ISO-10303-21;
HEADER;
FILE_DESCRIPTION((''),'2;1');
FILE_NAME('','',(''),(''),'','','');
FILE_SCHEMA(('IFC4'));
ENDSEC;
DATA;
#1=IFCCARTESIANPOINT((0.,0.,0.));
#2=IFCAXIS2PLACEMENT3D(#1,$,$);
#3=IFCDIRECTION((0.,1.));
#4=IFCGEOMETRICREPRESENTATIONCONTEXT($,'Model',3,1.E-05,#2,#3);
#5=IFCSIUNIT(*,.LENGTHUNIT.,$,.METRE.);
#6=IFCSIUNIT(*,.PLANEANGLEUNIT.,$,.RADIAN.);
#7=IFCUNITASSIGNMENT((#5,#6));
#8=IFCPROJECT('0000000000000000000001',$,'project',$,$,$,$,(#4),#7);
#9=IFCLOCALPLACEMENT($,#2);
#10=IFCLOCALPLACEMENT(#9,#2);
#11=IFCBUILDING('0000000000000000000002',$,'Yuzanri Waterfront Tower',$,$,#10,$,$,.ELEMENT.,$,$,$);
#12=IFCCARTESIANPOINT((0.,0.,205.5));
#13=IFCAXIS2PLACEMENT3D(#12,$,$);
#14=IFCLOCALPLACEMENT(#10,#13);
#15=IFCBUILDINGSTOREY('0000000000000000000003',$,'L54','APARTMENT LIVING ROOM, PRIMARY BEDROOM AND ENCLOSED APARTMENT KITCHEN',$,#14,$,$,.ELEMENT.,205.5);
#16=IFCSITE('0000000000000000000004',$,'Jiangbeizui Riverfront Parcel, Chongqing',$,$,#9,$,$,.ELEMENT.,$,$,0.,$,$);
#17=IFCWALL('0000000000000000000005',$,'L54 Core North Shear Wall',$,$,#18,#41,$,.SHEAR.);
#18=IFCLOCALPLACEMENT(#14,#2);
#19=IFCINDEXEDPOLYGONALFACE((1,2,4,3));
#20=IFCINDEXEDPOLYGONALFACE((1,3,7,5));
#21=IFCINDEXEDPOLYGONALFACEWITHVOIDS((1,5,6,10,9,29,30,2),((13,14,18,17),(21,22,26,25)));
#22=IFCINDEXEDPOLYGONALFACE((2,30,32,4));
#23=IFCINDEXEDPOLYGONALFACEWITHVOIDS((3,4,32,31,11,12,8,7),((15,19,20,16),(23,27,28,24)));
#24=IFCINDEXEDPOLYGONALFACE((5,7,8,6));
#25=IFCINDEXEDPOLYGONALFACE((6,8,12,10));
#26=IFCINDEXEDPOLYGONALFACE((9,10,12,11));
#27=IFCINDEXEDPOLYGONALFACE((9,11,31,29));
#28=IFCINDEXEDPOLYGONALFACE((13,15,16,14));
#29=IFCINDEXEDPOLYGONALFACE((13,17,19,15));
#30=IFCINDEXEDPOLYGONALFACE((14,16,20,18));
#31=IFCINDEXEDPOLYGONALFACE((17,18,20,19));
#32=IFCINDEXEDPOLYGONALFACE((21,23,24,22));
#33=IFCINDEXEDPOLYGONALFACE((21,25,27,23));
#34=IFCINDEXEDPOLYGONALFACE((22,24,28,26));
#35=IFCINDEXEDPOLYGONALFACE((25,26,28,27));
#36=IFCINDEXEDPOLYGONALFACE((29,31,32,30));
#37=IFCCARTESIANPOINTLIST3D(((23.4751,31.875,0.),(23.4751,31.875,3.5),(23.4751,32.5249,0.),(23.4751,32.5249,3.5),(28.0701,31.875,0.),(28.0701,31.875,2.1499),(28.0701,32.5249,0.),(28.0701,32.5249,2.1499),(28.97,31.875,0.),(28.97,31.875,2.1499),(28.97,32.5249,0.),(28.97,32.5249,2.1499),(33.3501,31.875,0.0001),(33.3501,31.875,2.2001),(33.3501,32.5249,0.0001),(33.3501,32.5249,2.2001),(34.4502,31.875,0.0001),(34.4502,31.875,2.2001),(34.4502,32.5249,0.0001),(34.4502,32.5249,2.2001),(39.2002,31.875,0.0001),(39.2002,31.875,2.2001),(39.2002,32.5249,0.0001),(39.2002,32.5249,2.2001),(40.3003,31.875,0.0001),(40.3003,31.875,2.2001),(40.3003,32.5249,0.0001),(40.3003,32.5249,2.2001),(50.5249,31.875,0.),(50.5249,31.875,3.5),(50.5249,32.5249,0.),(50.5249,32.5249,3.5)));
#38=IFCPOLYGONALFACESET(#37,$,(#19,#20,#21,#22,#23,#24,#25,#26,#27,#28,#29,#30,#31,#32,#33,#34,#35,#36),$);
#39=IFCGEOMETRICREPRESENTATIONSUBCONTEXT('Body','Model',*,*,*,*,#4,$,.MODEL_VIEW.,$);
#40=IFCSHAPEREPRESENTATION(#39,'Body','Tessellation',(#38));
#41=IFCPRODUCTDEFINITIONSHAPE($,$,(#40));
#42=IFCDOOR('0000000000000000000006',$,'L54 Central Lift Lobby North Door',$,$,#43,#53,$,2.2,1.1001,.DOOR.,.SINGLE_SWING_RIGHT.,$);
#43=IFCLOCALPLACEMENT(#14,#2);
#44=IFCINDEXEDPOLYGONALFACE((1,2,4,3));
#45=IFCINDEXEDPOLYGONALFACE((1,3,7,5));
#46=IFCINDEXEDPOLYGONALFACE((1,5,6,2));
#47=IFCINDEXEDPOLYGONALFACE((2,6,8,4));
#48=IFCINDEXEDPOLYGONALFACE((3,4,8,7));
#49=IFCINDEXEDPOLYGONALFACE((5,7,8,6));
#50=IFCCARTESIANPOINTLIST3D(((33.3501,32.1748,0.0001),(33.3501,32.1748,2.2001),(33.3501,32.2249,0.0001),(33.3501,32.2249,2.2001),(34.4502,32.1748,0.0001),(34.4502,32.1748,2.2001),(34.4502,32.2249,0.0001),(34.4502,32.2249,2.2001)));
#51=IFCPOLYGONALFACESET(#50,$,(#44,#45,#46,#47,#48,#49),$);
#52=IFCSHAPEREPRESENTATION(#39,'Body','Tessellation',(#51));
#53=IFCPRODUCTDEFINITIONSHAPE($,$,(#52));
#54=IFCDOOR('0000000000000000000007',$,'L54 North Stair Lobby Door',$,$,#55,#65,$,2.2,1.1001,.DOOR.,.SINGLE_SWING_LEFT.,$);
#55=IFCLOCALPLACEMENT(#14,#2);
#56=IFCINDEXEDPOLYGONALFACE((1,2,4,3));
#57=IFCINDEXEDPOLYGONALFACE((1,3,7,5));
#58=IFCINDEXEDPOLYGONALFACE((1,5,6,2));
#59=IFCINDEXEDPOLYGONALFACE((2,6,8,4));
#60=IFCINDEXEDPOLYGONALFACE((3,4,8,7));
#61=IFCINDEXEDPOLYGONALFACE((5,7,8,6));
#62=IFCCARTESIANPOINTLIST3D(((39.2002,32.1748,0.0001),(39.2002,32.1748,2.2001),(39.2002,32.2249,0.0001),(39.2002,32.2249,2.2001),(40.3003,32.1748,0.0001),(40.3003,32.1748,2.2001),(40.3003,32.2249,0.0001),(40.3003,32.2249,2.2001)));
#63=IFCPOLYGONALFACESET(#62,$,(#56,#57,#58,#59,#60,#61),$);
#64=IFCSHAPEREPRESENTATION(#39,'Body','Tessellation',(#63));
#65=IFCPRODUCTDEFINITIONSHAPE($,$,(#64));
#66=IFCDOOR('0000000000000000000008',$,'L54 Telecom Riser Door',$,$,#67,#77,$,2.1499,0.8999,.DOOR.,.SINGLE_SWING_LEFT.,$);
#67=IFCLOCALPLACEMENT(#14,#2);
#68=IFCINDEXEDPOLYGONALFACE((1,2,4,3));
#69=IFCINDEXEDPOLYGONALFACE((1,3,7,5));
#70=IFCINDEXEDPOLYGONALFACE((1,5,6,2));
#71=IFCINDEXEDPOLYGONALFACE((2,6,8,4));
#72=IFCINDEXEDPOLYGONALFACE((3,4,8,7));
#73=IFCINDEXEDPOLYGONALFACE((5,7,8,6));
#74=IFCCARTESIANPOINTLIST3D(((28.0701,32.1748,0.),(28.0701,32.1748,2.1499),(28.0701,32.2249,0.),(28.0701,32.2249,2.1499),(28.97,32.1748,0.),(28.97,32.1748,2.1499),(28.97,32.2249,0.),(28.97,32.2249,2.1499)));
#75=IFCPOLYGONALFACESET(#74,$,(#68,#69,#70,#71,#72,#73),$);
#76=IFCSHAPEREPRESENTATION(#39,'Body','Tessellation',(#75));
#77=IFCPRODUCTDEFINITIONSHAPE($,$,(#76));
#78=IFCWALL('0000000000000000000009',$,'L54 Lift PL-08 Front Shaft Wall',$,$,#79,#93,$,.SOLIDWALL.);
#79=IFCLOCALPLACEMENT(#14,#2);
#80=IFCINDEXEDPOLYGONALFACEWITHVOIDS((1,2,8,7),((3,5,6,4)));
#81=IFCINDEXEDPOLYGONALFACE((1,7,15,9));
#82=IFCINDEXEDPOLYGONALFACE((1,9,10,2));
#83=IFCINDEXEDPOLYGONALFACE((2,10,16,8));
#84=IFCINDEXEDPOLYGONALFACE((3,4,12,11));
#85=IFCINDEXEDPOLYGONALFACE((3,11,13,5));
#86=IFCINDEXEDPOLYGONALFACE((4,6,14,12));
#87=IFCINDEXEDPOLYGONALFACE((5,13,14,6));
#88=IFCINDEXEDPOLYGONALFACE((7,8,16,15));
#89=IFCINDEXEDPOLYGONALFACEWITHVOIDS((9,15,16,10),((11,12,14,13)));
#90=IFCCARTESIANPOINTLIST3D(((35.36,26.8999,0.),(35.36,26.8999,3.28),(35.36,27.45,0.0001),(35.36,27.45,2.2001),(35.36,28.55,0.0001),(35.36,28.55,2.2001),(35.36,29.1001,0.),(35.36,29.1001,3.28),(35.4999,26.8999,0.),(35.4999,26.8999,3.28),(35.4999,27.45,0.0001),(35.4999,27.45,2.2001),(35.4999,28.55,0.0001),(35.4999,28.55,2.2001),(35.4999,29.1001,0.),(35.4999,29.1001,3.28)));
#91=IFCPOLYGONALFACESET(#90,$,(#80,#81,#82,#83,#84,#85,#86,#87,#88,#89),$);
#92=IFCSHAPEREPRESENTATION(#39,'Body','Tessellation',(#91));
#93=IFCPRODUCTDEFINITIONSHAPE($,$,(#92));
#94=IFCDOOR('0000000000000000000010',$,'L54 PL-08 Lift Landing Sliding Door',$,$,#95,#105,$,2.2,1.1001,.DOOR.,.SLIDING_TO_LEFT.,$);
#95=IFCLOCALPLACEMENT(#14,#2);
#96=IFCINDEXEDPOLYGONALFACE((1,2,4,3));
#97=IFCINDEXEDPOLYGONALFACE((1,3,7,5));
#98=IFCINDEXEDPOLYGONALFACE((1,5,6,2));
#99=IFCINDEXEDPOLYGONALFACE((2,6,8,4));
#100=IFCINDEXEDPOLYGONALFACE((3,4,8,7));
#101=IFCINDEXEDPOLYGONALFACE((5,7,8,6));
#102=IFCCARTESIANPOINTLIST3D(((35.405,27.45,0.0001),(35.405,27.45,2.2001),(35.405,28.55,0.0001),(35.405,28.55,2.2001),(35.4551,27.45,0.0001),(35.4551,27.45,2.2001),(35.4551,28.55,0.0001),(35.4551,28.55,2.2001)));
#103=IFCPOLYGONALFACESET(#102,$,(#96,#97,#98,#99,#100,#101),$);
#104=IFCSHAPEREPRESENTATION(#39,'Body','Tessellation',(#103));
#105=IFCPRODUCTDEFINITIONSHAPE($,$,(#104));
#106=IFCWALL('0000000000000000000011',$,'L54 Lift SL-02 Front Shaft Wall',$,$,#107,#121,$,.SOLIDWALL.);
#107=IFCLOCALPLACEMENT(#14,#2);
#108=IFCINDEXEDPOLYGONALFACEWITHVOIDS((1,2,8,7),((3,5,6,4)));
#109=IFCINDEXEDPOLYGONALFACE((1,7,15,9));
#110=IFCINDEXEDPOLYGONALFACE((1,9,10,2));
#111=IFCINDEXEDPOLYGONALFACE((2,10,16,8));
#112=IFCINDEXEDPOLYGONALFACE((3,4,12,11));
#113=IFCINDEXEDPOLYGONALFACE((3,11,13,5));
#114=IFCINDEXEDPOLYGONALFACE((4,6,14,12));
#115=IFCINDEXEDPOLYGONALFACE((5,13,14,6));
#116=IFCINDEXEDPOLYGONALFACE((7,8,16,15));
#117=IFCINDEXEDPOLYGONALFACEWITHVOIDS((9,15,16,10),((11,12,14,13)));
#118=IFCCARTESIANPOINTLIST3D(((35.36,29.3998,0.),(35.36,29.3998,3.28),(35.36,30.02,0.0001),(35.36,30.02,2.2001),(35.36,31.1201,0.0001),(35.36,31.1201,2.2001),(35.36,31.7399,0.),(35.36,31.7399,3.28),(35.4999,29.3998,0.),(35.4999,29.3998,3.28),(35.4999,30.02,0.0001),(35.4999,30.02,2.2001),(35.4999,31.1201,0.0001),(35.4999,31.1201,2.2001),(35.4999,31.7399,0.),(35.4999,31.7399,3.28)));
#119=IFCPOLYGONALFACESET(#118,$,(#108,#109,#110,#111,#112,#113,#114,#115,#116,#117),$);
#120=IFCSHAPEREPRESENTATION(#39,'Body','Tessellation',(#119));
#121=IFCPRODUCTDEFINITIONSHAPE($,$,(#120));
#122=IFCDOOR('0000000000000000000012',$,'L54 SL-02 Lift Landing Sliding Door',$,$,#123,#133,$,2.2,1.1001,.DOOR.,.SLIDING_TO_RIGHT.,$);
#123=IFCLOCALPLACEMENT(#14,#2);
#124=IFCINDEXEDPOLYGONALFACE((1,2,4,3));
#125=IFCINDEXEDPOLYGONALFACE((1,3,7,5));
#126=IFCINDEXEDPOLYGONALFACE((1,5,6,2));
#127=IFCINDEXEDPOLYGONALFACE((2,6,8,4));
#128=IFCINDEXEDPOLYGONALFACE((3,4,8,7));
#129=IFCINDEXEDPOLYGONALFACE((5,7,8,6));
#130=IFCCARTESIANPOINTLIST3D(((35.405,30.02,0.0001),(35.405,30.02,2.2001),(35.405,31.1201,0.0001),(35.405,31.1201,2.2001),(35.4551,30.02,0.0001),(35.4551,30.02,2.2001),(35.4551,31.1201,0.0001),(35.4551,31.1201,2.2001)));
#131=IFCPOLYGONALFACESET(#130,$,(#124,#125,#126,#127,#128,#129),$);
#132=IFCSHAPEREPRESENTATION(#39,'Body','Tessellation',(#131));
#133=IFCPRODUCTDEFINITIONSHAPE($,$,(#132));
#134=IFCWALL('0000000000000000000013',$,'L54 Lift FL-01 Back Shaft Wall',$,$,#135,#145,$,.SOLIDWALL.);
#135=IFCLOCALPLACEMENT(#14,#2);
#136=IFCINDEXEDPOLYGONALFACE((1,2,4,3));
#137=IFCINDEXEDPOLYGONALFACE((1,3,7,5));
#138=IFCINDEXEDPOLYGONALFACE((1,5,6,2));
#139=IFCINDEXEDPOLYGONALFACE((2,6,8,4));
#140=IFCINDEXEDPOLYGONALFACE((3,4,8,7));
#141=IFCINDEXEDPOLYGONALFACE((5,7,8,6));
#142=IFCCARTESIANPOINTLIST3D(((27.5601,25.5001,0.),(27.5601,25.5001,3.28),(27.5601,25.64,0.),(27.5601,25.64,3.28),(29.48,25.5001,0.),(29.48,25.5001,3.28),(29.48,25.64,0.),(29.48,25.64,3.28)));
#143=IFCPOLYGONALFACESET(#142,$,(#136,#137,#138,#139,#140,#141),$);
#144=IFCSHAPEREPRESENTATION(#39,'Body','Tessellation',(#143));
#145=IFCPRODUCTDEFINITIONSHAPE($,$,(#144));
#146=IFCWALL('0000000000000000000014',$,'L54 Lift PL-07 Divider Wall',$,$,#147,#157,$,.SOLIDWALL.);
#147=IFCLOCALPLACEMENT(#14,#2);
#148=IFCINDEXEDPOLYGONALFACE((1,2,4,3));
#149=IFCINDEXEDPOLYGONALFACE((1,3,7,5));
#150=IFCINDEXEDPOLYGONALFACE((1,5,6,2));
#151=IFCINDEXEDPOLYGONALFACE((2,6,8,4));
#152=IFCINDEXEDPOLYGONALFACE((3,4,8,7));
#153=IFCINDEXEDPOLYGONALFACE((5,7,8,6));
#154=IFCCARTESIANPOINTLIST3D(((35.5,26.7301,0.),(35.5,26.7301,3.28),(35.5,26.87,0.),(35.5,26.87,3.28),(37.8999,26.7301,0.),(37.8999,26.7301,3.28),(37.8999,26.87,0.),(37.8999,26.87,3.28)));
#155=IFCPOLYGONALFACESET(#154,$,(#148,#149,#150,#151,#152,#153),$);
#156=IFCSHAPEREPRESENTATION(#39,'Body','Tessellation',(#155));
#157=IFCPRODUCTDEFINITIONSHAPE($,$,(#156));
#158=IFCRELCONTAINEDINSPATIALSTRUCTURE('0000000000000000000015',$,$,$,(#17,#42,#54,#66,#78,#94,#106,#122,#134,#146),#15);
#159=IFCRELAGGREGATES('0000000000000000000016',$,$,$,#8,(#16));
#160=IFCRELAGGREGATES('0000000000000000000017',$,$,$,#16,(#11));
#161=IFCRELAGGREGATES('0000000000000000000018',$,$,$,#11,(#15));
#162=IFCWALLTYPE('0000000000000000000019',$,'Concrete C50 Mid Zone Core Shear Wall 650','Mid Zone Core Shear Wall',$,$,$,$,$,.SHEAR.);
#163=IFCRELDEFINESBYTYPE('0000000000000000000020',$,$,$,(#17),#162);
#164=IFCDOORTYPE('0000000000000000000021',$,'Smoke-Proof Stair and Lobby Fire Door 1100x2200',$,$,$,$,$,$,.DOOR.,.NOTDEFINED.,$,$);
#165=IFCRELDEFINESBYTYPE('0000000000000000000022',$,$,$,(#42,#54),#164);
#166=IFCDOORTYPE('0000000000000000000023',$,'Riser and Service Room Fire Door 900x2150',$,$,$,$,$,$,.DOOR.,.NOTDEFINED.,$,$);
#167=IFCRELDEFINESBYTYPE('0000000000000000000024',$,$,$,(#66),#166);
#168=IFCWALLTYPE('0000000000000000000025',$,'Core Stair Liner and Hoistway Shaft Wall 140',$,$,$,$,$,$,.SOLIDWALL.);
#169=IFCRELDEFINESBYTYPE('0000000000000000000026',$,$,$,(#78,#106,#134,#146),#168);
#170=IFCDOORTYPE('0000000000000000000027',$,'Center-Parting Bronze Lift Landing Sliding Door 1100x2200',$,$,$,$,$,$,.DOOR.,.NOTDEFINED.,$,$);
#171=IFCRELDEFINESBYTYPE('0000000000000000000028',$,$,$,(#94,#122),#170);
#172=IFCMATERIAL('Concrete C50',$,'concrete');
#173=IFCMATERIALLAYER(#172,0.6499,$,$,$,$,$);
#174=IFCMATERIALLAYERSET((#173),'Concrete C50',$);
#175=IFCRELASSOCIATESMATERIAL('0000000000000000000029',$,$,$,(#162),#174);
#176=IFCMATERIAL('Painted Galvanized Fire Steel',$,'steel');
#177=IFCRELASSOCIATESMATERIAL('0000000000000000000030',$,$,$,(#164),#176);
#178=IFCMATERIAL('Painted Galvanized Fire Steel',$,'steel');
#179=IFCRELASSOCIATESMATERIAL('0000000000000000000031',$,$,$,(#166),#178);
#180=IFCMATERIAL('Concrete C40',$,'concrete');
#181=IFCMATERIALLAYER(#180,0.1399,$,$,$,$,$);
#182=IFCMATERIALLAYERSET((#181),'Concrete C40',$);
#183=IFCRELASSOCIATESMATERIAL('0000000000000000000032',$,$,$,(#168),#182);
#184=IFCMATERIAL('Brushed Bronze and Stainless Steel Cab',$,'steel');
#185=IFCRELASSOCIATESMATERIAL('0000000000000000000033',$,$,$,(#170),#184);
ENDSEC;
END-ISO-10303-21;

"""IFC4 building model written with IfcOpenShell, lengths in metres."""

from ifc_helpers import new_model, si_unit, direction, frame, frame_2d, origin, place, context, subcontext, project, spatial, rectangle, extrude, source, transform, mapped, material, layer, layer_set, type_object, element, fill, save


model = new_model("IFC4")

# Units and contexts
model_context = context("Model", 3, precision=1e-05, world=origin(), true_north=direction((0.0, 1.0)))
body_context = subcontext(model_context, "Body", "Model", "MODEL_VIEW")
ifc_project = project(units=[si_unit("LENGTHUNIT", "METRE"), si_unit("PLANEANGLEUNIT", "RADIAN")], contexts=[model_context])

# Site, building, storey
site_placement = place(None, origin())
site = spatial("IfcSite", under=ifc_project, at=site_placement, Name="Jiangbeizui Riverfront Parcel, Chongqing", CompositionType="ELEMENT", RefElevation=0.0)
building_placement = place(site_placement, origin())
building = spatial("IfcBuilding", under=site, at=building_placement, Name="Yuzanri Waterfront Tower", CompositionType="ELEMENT")
storey_placement = place(building_placement, frame((0.0, 0.0, 205.5)))
storey = spatial("IfcBuildingStorey", under=building, at=storey_placement, Name="L54", Description="APARTMENT LIVING ROOM, PRIMARY BEDROOM AND ENCLOSED APARTMENT KITCHEN", CompositionType="ELEMENT", Elevation=205.5)

# Wall, openings, doors
ifc_material_1 = material(Name="Concrete C50", Category="concrete")
ifc_layer_1 = layer(ifc_material_1, 0.6499)
ifc_layer_set_1 = layer_set([ifc_layer_1], Name="Concrete C50")
wall_type_1 = type_object("IfcWallType", Name="Concrete C50 Mid Zone Core Shear Wall 650", Description="Mid Zone Core Shear Wall", PredefinedType="SHEAR", material=ifc_layer_set_1)
wall_1_placement = place(storey_placement, frame((23.4751, 32.2, 0.0), z_axis=(0.0, 0.0, 1.0), x_axis=(1.0, 0.0, 0.0)))
wall_1 = element("IfcWall", 1, at=wall_1_placement, inside=storey, type_object=wall_type_1, Name="L54 Core North Shear Wall", PredefinedType="SHEAR", context=body_context, shape_type="SweptSolid", body=[
    extrude(rectangle(XDim=27.0498, YDim=0.6499, at=frame_2d((13.5249, 0.0))), origin(), (0.0, 0.0, 1.0), 3.5),
])
opening_1_placement = place(wall_1_placement, frame((4.595, 0.0, 0.0)))
opening_1 = element("IfcOpeningElement", 2, at=opening_1_placement, cuts=wall_1, PredefinedType="OPENING", context=body_context, shape_type="SweptSolid", body=[
    extrude(rectangle(XDim=0.8999, YDim=2.1499, at=frame_2d((0.45, 1.075))), frame((0.0, 0.3398, 0.0), z_axis=(0.0, -1.0, 0.0), x_axis=(1.0, 0.0, 0.0)), (0.0, 0.0, 1.0), 0.6797),
])
opening_2_placement = place(wall_1_placement, frame((9.875, 0.0, 0.0)))
opening_2 = element("IfcOpeningElement", 3, at=opening_2_placement, cuts=wall_1, PredefinedType="OPENING", context=body_context, shape_type="SweptSolid", body=[
    extrude(rectangle(XDim=1.1001, YDim=2.2, at=frame_2d((0.55, 1.1001))), frame((0.0, 0.3398, 0.0), z_axis=(0.0, -1.0, 0.0), x_axis=(1.0, 0.0, 0.0)), (0.0, 0.0, 1.0), 0.6797),
])
opening_3_placement = place(wall_1_placement, frame((15.7251, 0.0, 0.0)))
opening_3 = element("IfcOpeningElement", 4, at=opening_3_placement, cuts=wall_1, PredefinedType="OPENING", context=body_context, shape_type="SweptSolid", body=[
    extrude(rectangle(XDim=1.1001, YDim=2.2, at=frame_2d((0.55, 1.1001))), frame((0.0, 0.3398, 0.0), z_axis=(0.0, -1.0, 0.0), x_axis=(1.0, 0.0, 0.0)), (0.0, 0.0, 1.0), 0.6797),
])
ifc_material_2 = material(Name="Painted Galvanized Fire Steel", Category="steel")
door_type_1 = type_object("IfcDoorType", Name="Smoke-Proof Stair and Lobby Fire Door 1100x2200", OperationType="NOTDEFINED", PredefinedType="DOOR", material=ifc_material_2)
shared_shape_1 = source(origin(), body_context, "Body", "SweptSolid", [
    extrude(rectangle(XDim=1.1001, YDim=2.2, at=frame_2d((0.55, 1.1001))), frame((0.0, 0.0249, 0.0), z_axis=(0.0, -1.0, 0.0), x_axis=(1.0, 0.0, 0.0)), (0.0, 0.0, 1.0), 0.05),
])
door_1_placement = place(opening_2_placement, origin())
door_1 = element("IfcDoor", 5, at=door_1_placement, inside=storey, type_object=door_type_1, Name="L54 Central Lift Lobby North Door", OperationType="SINGLE_SWING_RIGHT", OverallHeight=2.2, OverallWidth=1.1001, PredefinedType="DOOR", context=body_context, shape_type="MappedRepresentation", body=[
    mapped(shared_shape_1, transform((0.0, 0.0, 0.0), scale=1.0)),
])
fill(opening_2, door_1)
door_2_placement = place(opening_3_placement, origin())
door_2 = element("IfcDoor", 6, at=door_2_placement, inside=storey, type_object=door_type_1, Name="L54 North Stair Lobby Door", OperationType="SINGLE_SWING_LEFT", OverallHeight=2.2, OverallWidth=1.1001, PredefinedType="DOOR", context=body_context, shape_type="MappedRepresentation", body=[
    mapped(shared_shape_1, transform((0.0, 0.0, 0.0), scale=1.0)),
])
fill(opening_3, door_2)
ifc_material_3 = material(Name="Painted Galvanized Fire Steel", Category="steel")
door_type_2 = type_object("IfcDoorType", Name="Riser and Service Room Fire Door 900x2150", OperationType="NOTDEFINED", PredefinedType="DOOR", material=ifc_material_3)
shared_shape_2 = source(origin(), body_context, "Body", "SweptSolid", [
    extrude(rectangle(XDim=0.8999, YDim=2.1499, at=frame_2d((0.45, 1.075))), frame((0.0, 0.0249, 0.0), z_axis=(0.0, -1.0, 0.0), x_axis=(1.0, 0.0, 0.0)), (0.0, 0.0, 1.0), 0.05),
])
door_3_placement = place(opening_1_placement, origin())
door_3 = element("IfcDoor", 7, at=door_3_placement, inside=storey, type_object=door_type_2, Name="L54 Telecom Riser Door", OperationType="SINGLE_SWING_LEFT", OverallHeight=2.1499, OverallWidth=0.8999, PredefinedType="DOOR", context=body_context, shape_type="MappedRepresentation", body=[
    mapped(shared_shape_2, transform((0.0, 0.0, 0.0), scale=1.0)),
])
fill(opening_1, door_3)

# Walls, openings, doors
ifc_material_4 = material(Name="Concrete C40", Category="concrete")
ifc_layer_2 = layer(ifc_material_4, 0.1399)
ifc_layer_set_2 = layer_set([ifc_layer_2], Name="Concrete C40")
wall_type_2 = type_object("IfcWallType", Name="Core Stair Liner and Hoistway Shaft Wall 140", PredefinedType="SOLIDWALL", material=ifc_layer_set_2)
wall_2_placement = place(storey_placement, frame((35.4299, 26.8999, 0.0), z_axis=(0.0, 0.0, 1.0), x_axis=(0.0, 1.0, 0.0)))
wall_2 = element("IfcWall", 8, at=wall_2_placement, inside=storey, type_object=wall_type_2, Name="L54 Lift PL-08 Front Shaft Wall", PredefinedType="SOLIDWALL", context=body_context, shape_type="SweptSolid", body=[
    extrude(rectangle(XDim=2.2002, YDim=0.1399, at=frame_2d((1.1001, 0.0))), origin(), (0.0, 0.0, 1.0), 3.28),
])
opening_4_placement = place(wall_2_placement, frame((0.55, 0.0, 0.0)))
opening_4 = element("IfcOpeningElement", 9, at=opening_4_placement, cuts=wall_2, PredefinedType="OPENING", context=body_context, shape_type="SweptSolid", body=[
    extrude(rectangle(XDim=1.1001, YDim=2.2, at=frame_2d((0.55, 1.1001))), frame((0.0, 0.085, 0.0), z_axis=(0.0, -1.0, 0.0), x_axis=(1.0, 0.0, 0.0)), (0.0, 0.0, 1.0), 0.1697),
])
ifc_material_5 = material(Name="Brushed Bronze and Stainless Steel Cab", Category="steel")
door_type_3 = type_object("IfcDoorType", Name="Center-Parting Bronze Lift Landing Sliding Door 1100x2200", OperationType="NOTDEFINED", PredefinedType="DOOR", material=ifc_material_5)
shared_shape_3 = source(origin(), body_context, "Body", "SweptSolid", [
    extrude(rectangle(XDim=1.1001, YDim=2.2, at=frame_2d((0.55, 1.1001))), frame((0.0, 0.0249, 0.0), z_axis=(0.0, -1.0, 0.0), x_axis=(1.0, 0.0, 0.0)), (0.0, 0.0, 1.0), 0.05),
])
door_4_placement = place(opening_4_placement, origin())
door_4 = element("IfcDoor", 10, at=door_4_placement, inside=storey, type_object=door_type_3, Name="L54 PL-08 Lift Landing Sliding Door", OperationType="SLIDING_TO_LEFT", OverallHeight=2.2, OverallWidth=1.1001, PredefinedType="DOOR", context=body_context, shape_type="MappedRepresentation", body=[
    mapped(shared_shape_3, transform((0.0, 0.0, 0.0), scale=1.0)),
])
fill(opening_4, door_4)
wall_3_placement = place(storey_placement, frame((35.4299, 29.3999, 0.0), z_axis=(0.0, 0.0, 1.0), x_axis=(0.0, 1.0, 0.0)))
wall_3 = element("IfcWall", 11, at=wall_3_placement, inside=storey, type_object=wall_type_2, Name="L54 Lift SL-02 Front Shaft Wall", PredefinedType="SOLIDWALL", context=body_context, shape_type="SweptSolid", body=[
    extrude(rectangle(XDim=2.3401, YDim=0.1399, at=frame_2d((1.1699, 0.0))), origin(), (0.0, 0.0, 1.0), 3.28),
])
opening_5_placement = place(wall_3_placement, frame((0.6201, 0.0, 0.0)))
opening_5 = element("IfcOpeningElement", 12, at=opening_5_placement, cuts=wall_3, PredefinedType="OPENING", context=body_context, shape_type="SweptSolid", body=[
    extrude(rectangle(XDim=1.1001, YDim=2.2, at=frame_2d((0.55, 1.1001))), frame((0.0, 0.085, 0.0), z_axis=(0.0, -1.0, 0.0), x_axis=(1.0, 0.0, 0.0)), (0.0, 0.0, 1.0), 0.1697),
])
door_5_placement = place(opening_5_placement, origin())
door_5 = element("IfcDoor", 13, at=door_5_placement, inside=storey, type_object=door_type_3, Name="L54 SL-02 Lift Landing Sliding Door", OperationType="SLIDING_TO_RIGHT", OverallHeight=2.2, OverallWidth=1.1001, PredefinedType="DOOR", context=body_context, shape_type="MappedRepresentation", body=[
    mapped(shared_shape_3, transform((0.0, 0.0, 0.0), scale=1.0)),
])
fill(opening_5, door_5)

# Walls
shared_shape_4 = source(origin(), body_context, "Body", "SweptSolid", [
    extrude(rectangle(XDim=1.9199, YDim=0.1399, at=frame_2d((0.96, 0.0))), origin(), (0.0, 0.0, 1.0), 3.28),
])
wall_4_placement = place(storey_placement, frame((27.5601, 25.5701, 0.0), z_axis=(0.0, 0.0, 1.0), x_axis=(1.0, 0.0, 0.0)))
element("IfcWall", 14, at=wall_4_placement, inside=storey, type_object=wall_type_2, Name="L54 Lift FL-01 Back Shaft Wall", PredefinedType="SOLIDWALL", context=body_context, shape_type="MappedRepresentation", body=[
    mapped(shared_shape_4, transform((0.0, 0.0, 0.0), scale=1.0)),
])
shared_shape_5 = source(origin(), body_context, "Body", "SweptSolid", [
    extrude(rectangle(XDim=2.3999, YDim=0.1399, at=frame_2d((1.2, 0.0))), origin(), (0.0, 0.0, 1.0), 3.28),
])
wall_5_placement = place(storey_placement, frame((35.5, 26.8, 0.0), z_axis=(0.0, 0.0, 1.0), x_axis=(1.0, 0.0, 0.0)))
element("IfcWall", 15, at=wall_5_placement, inside=storey, type_object=wall_type_2, Name="L54 Lift PL-07 Divider Wall", PredefinedType="SOLIDWALL", context=body_context, shape_type="MappedRepresentation", body=[
    mapped(shared_shape_5, transform((0.0, 0.0, 0.0), scale=1.0)),
])

save(model, "model.ifc")
